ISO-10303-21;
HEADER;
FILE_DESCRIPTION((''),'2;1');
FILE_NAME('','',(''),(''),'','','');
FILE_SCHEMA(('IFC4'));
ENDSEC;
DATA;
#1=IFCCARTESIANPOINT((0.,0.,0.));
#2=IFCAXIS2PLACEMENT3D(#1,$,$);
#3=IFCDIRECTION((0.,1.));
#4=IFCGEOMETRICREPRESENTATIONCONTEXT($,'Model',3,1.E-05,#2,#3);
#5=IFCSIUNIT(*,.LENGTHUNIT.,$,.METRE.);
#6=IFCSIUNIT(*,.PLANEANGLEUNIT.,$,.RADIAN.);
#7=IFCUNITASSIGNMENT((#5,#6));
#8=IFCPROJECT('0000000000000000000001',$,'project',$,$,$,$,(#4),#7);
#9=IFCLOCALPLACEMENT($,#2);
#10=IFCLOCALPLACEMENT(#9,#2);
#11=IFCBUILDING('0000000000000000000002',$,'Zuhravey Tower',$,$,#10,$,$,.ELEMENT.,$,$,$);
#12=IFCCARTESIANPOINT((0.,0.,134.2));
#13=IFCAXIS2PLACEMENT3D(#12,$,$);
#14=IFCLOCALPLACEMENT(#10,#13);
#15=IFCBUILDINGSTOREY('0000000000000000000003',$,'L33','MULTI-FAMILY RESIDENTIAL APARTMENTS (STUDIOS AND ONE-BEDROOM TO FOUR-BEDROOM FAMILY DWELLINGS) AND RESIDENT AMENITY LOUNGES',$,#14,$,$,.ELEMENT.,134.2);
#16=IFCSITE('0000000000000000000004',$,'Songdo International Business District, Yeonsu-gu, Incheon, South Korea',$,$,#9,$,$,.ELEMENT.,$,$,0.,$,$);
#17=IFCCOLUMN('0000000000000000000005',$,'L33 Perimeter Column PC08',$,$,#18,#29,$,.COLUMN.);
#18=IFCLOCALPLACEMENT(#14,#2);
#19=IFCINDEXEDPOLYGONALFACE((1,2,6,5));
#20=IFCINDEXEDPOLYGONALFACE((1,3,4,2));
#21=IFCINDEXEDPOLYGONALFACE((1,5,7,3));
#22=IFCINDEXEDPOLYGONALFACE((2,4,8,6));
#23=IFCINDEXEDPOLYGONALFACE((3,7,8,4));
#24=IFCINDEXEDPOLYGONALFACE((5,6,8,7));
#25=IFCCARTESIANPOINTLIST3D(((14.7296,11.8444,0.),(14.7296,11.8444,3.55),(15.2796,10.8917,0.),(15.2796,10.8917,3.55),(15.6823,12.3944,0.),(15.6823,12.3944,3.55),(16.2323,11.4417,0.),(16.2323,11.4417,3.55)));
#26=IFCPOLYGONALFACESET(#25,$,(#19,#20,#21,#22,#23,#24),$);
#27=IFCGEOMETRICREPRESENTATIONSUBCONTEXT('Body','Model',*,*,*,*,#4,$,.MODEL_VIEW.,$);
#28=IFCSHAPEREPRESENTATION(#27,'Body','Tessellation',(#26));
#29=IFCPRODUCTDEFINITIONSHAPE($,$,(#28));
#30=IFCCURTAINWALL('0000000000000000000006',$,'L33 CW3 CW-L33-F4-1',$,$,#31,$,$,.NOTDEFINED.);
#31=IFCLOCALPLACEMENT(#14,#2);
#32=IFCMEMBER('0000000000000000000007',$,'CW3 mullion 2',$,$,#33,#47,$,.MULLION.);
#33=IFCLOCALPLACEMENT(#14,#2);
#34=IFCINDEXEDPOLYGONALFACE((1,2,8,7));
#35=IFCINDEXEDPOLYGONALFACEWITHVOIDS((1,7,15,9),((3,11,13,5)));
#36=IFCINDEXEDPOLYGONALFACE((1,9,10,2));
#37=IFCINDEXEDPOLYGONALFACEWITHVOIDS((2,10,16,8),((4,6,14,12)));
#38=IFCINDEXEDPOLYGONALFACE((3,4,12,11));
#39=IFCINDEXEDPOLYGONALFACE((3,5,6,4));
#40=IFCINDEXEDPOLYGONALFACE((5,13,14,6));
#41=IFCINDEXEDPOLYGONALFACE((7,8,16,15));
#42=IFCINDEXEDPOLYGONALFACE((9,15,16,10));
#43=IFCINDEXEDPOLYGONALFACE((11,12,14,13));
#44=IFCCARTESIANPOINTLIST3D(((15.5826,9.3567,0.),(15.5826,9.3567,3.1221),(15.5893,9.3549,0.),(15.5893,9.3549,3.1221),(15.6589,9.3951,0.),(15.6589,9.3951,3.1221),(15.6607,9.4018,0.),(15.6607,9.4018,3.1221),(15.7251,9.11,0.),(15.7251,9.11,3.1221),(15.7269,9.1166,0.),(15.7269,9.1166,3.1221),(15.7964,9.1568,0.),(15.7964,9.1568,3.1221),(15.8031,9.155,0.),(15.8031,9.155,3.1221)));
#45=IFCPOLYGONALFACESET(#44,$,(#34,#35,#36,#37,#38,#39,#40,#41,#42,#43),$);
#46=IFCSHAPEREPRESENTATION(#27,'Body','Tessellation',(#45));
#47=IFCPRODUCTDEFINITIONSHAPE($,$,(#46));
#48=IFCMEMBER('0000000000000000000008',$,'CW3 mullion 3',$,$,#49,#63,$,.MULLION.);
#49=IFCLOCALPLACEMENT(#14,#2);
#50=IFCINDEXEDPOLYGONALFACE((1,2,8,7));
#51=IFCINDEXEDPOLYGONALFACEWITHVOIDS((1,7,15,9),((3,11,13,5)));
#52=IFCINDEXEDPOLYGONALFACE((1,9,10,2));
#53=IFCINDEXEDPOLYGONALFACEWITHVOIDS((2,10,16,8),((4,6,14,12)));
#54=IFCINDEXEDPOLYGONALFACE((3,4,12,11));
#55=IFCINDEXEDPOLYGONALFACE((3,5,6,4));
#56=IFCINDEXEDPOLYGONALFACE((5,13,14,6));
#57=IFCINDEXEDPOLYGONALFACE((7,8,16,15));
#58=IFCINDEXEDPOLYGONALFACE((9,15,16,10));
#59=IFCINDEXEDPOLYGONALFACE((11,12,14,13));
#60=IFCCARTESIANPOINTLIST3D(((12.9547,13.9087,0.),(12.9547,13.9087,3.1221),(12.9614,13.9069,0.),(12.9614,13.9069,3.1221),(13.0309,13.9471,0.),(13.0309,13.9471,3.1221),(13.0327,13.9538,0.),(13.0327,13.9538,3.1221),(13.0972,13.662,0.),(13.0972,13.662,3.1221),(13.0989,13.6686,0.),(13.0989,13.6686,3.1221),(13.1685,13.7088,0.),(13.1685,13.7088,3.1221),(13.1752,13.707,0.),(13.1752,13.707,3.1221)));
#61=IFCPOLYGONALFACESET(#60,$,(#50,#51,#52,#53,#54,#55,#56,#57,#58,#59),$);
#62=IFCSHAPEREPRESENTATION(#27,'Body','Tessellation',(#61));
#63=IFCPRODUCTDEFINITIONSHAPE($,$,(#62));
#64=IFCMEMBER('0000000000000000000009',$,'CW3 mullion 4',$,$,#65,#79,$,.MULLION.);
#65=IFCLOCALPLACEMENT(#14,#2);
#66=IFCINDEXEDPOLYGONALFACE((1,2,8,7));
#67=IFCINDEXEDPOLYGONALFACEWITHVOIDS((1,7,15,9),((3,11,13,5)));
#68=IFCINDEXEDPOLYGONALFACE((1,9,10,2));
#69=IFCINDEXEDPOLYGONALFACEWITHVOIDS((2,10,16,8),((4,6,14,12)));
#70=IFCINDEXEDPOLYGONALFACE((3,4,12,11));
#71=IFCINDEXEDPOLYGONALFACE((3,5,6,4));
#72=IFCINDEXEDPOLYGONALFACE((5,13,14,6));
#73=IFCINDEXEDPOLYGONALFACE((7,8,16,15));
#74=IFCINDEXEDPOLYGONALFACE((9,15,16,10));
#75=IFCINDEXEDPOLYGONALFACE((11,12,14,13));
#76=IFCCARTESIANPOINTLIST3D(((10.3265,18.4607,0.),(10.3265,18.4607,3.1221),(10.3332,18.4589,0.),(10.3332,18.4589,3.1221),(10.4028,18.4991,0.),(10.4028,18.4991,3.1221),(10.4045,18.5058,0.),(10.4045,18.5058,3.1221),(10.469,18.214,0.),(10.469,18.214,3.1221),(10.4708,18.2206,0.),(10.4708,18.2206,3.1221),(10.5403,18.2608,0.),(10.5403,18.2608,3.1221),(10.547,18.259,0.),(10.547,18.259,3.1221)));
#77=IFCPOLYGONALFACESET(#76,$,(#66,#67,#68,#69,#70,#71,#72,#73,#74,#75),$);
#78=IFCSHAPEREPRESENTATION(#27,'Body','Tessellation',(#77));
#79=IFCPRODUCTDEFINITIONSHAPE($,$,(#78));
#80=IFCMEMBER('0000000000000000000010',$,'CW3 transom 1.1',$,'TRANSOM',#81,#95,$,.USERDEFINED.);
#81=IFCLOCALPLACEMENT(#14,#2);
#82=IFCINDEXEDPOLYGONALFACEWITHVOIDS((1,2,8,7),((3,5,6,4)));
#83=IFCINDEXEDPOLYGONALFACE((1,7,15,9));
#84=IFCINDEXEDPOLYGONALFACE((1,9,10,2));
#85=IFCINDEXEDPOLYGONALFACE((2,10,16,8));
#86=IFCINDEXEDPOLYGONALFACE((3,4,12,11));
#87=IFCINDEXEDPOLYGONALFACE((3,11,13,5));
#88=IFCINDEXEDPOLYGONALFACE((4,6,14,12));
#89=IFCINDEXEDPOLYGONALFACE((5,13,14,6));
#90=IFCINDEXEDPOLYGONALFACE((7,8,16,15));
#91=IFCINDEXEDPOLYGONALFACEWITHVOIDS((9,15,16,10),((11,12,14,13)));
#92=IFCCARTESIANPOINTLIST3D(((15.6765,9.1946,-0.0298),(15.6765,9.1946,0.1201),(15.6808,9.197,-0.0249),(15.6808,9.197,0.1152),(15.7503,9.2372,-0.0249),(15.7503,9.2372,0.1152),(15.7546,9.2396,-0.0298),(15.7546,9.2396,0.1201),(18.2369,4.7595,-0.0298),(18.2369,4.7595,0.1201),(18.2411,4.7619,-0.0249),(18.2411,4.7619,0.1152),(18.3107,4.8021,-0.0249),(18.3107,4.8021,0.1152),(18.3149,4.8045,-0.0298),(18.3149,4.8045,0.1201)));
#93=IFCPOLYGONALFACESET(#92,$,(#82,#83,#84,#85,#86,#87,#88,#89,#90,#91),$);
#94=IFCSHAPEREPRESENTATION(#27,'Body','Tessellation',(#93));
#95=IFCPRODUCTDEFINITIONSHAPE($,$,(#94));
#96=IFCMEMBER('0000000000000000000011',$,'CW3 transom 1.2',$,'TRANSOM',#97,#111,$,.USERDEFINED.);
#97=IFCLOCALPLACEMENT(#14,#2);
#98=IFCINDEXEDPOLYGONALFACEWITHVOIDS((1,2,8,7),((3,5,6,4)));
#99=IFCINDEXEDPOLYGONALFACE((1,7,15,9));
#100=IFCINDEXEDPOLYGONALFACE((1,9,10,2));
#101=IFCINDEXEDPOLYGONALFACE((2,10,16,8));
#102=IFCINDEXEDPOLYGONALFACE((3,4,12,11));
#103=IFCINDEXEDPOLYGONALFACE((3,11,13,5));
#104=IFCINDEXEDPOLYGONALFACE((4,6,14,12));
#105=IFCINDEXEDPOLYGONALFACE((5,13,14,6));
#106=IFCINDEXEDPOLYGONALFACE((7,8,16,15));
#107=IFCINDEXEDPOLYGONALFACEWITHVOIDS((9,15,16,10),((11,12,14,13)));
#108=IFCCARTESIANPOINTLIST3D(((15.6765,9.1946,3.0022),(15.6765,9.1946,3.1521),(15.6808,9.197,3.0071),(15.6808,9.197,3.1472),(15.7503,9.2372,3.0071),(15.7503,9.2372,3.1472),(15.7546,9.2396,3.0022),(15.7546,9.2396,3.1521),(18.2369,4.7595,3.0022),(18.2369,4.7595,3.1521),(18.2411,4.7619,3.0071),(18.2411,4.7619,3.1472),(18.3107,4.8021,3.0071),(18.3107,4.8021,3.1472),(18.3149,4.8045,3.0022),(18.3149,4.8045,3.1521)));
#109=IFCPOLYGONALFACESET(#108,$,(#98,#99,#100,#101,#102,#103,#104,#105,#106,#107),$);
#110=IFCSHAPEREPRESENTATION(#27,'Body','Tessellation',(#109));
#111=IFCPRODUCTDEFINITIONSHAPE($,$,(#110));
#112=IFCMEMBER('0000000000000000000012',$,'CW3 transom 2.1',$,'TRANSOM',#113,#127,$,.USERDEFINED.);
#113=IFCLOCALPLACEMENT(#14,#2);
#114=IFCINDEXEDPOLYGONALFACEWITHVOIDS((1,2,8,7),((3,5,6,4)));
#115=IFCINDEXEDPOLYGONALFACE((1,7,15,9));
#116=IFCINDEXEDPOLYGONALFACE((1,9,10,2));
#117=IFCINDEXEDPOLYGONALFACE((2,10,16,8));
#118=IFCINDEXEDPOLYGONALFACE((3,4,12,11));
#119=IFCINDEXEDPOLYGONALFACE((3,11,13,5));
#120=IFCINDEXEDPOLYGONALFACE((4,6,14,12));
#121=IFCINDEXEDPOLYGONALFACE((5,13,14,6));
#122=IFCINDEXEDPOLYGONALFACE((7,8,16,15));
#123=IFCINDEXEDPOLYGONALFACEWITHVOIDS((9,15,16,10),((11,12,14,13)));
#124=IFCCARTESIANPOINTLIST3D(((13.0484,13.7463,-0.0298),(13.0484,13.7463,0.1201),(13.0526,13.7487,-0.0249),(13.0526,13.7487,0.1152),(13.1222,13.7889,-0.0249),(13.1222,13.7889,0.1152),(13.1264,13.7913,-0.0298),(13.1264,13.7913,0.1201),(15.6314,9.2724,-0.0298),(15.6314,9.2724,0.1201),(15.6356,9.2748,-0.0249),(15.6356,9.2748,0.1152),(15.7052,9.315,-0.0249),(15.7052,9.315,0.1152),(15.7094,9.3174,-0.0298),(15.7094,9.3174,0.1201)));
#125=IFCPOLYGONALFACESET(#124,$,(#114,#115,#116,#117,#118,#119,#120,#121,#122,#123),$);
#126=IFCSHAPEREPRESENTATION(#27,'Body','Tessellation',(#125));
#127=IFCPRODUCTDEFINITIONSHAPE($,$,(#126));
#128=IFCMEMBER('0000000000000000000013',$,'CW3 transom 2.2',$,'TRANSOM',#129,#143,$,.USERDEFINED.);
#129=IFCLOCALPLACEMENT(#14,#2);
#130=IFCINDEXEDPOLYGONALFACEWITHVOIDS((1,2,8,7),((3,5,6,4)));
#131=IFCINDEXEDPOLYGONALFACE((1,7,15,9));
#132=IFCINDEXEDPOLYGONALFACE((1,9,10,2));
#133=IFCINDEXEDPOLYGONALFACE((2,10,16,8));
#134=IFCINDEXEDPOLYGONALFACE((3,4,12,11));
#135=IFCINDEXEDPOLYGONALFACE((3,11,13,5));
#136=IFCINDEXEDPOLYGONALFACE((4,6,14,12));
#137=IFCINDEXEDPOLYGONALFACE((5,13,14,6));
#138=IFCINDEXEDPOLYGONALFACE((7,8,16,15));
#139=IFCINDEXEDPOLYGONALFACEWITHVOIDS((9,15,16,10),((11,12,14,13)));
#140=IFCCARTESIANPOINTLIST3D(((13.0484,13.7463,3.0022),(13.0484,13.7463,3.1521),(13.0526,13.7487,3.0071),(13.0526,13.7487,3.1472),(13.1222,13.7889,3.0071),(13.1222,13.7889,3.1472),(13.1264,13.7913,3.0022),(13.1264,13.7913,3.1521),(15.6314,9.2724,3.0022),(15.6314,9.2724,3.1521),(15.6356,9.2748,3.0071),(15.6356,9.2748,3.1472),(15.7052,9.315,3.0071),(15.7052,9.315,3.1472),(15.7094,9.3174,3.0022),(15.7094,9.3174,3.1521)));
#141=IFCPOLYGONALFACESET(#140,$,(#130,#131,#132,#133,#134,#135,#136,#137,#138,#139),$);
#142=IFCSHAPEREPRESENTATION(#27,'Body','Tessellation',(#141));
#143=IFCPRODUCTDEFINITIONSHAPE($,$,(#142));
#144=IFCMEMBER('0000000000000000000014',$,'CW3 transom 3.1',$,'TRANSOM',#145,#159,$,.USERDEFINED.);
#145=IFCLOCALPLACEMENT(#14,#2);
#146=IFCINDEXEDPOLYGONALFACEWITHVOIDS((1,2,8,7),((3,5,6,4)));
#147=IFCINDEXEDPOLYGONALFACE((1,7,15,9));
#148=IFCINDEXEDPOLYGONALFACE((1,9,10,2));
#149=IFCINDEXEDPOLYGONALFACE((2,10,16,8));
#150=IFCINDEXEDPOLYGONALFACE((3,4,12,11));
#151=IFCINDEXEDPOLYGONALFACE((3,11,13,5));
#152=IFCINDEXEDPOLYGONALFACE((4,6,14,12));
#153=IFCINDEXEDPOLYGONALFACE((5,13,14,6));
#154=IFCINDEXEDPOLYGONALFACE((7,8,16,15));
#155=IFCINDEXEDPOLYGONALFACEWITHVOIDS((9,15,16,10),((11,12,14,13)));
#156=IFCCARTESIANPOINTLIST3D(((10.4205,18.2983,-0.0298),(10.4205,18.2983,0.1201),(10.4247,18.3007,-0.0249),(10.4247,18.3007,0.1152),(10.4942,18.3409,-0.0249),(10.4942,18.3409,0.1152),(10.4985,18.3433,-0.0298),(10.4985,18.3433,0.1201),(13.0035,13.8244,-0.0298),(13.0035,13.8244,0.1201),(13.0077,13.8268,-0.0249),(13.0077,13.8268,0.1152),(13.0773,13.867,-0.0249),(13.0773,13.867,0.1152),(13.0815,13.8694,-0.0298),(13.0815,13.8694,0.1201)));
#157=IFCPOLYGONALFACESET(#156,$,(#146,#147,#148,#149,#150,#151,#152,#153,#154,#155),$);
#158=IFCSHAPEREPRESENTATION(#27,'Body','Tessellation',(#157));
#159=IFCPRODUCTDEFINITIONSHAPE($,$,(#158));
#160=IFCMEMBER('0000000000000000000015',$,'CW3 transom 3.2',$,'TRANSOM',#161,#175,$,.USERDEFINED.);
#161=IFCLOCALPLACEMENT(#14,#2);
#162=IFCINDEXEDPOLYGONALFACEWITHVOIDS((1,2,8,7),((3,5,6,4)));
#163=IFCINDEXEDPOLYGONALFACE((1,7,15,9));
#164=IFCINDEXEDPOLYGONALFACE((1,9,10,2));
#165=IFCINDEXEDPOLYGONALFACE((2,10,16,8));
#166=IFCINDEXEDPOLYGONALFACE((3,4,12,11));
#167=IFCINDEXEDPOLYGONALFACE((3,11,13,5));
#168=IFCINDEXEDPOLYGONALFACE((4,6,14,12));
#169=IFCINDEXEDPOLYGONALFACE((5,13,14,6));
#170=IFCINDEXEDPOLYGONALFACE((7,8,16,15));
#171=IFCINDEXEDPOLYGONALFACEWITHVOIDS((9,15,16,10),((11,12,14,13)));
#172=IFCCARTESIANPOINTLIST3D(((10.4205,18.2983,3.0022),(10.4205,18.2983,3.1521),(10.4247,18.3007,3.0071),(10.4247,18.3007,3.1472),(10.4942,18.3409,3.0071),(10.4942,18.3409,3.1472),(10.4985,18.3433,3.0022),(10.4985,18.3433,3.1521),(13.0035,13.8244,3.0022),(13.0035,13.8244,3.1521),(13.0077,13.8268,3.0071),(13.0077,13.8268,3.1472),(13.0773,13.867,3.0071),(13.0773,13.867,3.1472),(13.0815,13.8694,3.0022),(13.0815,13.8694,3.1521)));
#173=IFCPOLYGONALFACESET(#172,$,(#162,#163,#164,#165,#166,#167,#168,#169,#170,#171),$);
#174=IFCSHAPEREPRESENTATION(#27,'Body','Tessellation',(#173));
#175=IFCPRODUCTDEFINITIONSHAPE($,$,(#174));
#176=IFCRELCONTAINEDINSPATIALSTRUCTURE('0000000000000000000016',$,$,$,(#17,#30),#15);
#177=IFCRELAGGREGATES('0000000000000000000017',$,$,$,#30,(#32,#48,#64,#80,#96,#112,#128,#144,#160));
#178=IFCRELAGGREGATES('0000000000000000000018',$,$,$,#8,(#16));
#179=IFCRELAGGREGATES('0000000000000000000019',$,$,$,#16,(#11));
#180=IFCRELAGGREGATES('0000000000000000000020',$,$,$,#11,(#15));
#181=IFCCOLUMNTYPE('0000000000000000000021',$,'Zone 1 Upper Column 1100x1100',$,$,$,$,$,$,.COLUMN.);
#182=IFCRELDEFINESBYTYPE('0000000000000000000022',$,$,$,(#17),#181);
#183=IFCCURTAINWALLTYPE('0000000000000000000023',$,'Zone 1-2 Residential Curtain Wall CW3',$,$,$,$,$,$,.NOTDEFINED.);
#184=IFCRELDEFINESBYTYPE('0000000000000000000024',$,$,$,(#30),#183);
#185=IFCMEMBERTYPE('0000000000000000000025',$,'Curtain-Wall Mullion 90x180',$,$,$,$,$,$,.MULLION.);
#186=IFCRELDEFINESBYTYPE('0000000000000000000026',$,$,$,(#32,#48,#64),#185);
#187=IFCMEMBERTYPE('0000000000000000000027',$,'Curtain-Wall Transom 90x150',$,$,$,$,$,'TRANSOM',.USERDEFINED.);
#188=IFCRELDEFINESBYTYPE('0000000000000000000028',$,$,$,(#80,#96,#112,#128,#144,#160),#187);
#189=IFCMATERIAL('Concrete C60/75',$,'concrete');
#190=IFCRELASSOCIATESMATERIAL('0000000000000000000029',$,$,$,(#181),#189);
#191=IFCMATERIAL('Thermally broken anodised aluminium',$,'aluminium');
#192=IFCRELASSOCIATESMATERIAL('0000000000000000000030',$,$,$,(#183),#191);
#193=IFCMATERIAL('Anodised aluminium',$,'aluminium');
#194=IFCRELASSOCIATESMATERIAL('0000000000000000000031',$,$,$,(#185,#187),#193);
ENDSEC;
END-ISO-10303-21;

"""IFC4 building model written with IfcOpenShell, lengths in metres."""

from ifc_helpers import new_model, si_unit, direction, frame, origin, origin_2d, place, context, subcontext, project, spatial, rectangle, hollow_rectangle, extrude, material, material_profile, profile_set, type_object, element, aggregate, save


model = new_model("IFC4")

# Units and contexts
model_context = context("Model", 3, precision=1e-05, world=origin(), true_north=direction((0.0, 1.0)))
body_context = subcontext(model_context, "Body", "Model", "MODEL_VIEW")
ifc_project = project(units=[si_unit("LENGTHUNIT", "METRE"), si_unit("PLANEANGLEUNIT", "RADIAN")], contexts=[model_context])

# Site, building, storey
site_placement = place(None, origin())
site = spatial("IfcSite", under=ifc_project, at=site_placement, Name="Songdo International Business District, Yeonsu-gu, Incheon, South Korea", CompositionType="ELEMENT", RefElevation=0.0)
building_placement = place(site_placement, origin())
building = spatial("IfcBuilding", under=site, at=building_placement, Name="Zuhravey Tower", CompositionType="ELEMENT")
storey_placement = place(building_placement, frame((0.0, 0.0, 134.2)))
storey = spatial("IfcBuildingStorey", under=building, at=storey_placement, Name="L33", Description="MULTI-FAMILY RESIDENTIAL APARTMENTS (STUDIOS AND ONE-BEDROOM TO FOUR-BEDROOM FAMILY DWELLINGS) AND RESIDENT AMENITY LOUNGES", CompositionType="ELEMENT", Elevation=134.2)

# Column
ifc_material_1 = material(Name="Concrete C60/75", Category="concrete")
ifc_material_profile_1 = material_profile(ifc_material_1, rectangle(XDim=1.1001, YDim=1.1001, at=origin_2d()), Name="RC-1100x1100")
ifc_profile_set_1 = profile_set([ifc_material_profile_1], Name="Concrete C60/75")
column_type = type_object("IfcColumnType", Name="Zone 1 Upper Column 1100x1100", PredefinedType="COLUMN", material=ifc_profile_set_1)
column_placement = place(storey_placement, frame((15.481, 11.6431, 0.0), z_axis=(0.0, 0.0, 1.0), x_axis=(0.5, -0.866025, 0.0)))
element("IfcColumn", 1, at=column_placement, inside=storey, type_object=column_type, Name="L33 Perimeter Column PC08", PredefinedType="COLUMN", context=body_context, shape_type="SweptSolid", body=[
    extrude(rectangle(XDim=1.1001, YDim=1.1001, at=origin_2d()), origin(), (0.0, 0.0, 1.0), 3.55),
])

# Curtain wall, members
ifc_material_2 = material(Name="Thermally broken anodised aluminium", Category="aluminium")
curtain_wall_type = type_object("IfcCurtainWallType", Name="Zone 1-2 Residential Curtain Wall CW3", PredefinedType="NOTDEFINED", material=ifc_material_2)
curtain_wall_placement = place(storey_placement, origin())
curtain_wall = element("IfcCurtainWall", 2, at=curtain_wall_placement, inside=storey, type_object=curtain_wall_type, Name="L33 CW3 CW-L33-F4-1", PredefinedType="NOTDEFINED")
ifc_material_3 = material(Name="Anodised aluminium", Category="aluminium")
ifc_material_profile_2 = material_profile(ifc_material_3, hollow_rectangle(XDim=0.0901, YDim=0.2849, WallThickness=0.0049, at=origin_2d()), Name="ALU-RHS-90x285x5")
ifc_profile_set_2 = profile_set([ifc_material_profile_2], Name="Anodised aluminium")
member_type_1 = type_object("IfcMemberType", Name="Curtain-Wall Mullion 90x180", PredefinedType="MULLION", material=ifc_profile_set_2)
member_1_placement = place(storey_placement, frame((15.6929, 9.2559, 0.0), z_axis=(0.0, 0.0, 1.0), x_axis=(-0.866026, -0.499998, 0.0)))
member_1 = element("IfcMember", 3, at=member_1_placement, type_object=member_type_1, Name="CW3 mullion 2", PredefinedType="MULLION", context=body_context, shape_type="SweptSolid", body=[
    extrude(hollow_rectangle(XDim=0.0901, YDim=0.2849, WallThickness=0.0049, at=origin_2d()), origin(), (0.0, 0.0, 1.0), 3.1221),
])
member_2_placement = place(storey_placement, frame((13.0649, 13.8079, 0.0), z_axis=(0.0, 0.0, 1.0), x_axis=(-0.866026, -0.499998, 0.0)))
member_2 = element("IfcMember", 4, at=member_2_placement, type_object=member_type_1, Name="CW3 mullion 3", PredefinedType="MULLION", context=body_context, shape_type="SweptSolid", body=[
    extrude(hollow_rectangle(XDim=0.0901, YDim=0.2849, WallThickness=0.0049, at=origin_2d()), origin(), (0.0, 0.0, 1.0), 3.1221),
])
member_3_placement = place(storey_placement, frame((10.4368, 18.3599, 0.0), z_axis=(0.0, 0.0, 1.0), x_axis=(-0.866026, -0.499998, 0.0)))
member_3 = element("IfcMember", 5, at=member_3_placement, type_object=member_type_1, Name="CW3 mullion 4", PredefinedType="MULLION", context=body_context, shape_type="SweptSolid", body=[
    extrude(hollow_rectangle(XDim=0.0901, YDim=0.2849, WallThickness=0.0049, at=origin_2d()), origin(), (0.0, 0.0, 1.0), 3.1221),
])
ifc_material_profile_3 = material_profile(ifc_material_3, hollow_rectangle(XDim=0.0901, YDim=0.1499, WallThickness=0.0049, at=origin_2d()), Name="ALU-RHS-90x150x5")
ifc_profile_set_3 = profile_set([ifc_material_profile_3], Name="Anodised aluminium")
member_type_2 = type_object("IfcMemberType", Name="Curtain-Wall Transom 90x150", ElementType="TRANSOM", PredefinedType="USERDEFINED", material=ifc_profile_set_3)
member_4_placement = place(storey_placement, frame((18.2759, 4.782, 0.0452), z_axis=(-0.499959, 0.866049, 0.0), x_axis=(-0.866049, -0.499959, 0.0)))
member_4 = element("IfcMember", 6, at=member_4_placement, type_object=member_type_2, Name="CW3 transom 1.1", ObjectType="TRANSOM", PredefinedType="USERDEFINED", context=body_context, shape_type="SweptSolid", body=[
    extrude(hollow_rectangle(XDim=0.0901, YDim=0.1499, WallThickness=0.0049, at=origin_2d()), origin(), (0.0, 0.0, 1.0), 5.1211),
])
member_5_placement = place(storey_placement, frame((18.2759, 4.782, 3.0771), z_axis=(-0.499959, 0.866049, 0.0), x_axis=(-0.866049, -0.499959, 0.0)))
member_5 = element("IfcMember", 7, at=member_5_placement, type_object=member_type_2, Name="CW3 transom 1.2", ObjectType="TRANSOM", PredefinedType="USERDEFINED", context=body_context, shape_type="SweptSolid", body=[
    extrude(hollow_rectangle(XDim=0.0901, YDim=0.1499, WallThickness=0.0049, at=origin_2d()), origin(), (0.0, 0.0, 1.0), 5.1211),
])
member_6_placement = place(storey_placement, frame((15.6704, 9.2949, 0.0452), z_axis=(-0.500002, 0.866024, 0.0), x_axis=(-0.866024, -0.500002, 0.0)))
member_6 = element("IfcMember", 8, at=member_6_placement, type_object=member_type_2, Name="CW3 transom 2.1", ObjectType="TRANSOM", PredefinedType="USERDEFINED", context=body_context, shape_type="SweptSolid", body=[
    extrude(hollow_rectangle(XDim=0.0901, YDim=0.1499, WallThickness=0.0049, at=origin_2d()), origin(), (0.0, 0.0, 1.0), 5.166),
])
member_7_placement = place(storey_placement, frame((15.6704, 9.2949, 3.0771), z_axis=(-0.500002, 0.866024, 0.0), x_axis=(-0.866024, -0.500002, 0.0)))
member_7 = element("IfcMember", 9, at=member_7_placement, type_object=member_type_2, Name="CW3 transom 2.2", ObjectType="TRANSOM", PredefinedType="USERDEFINED", context=body_context, shape_type="SweptSolid", body=[
    extrude(hollow_rectangle(XDim=0.0901, YDim=0.1499, WallThickness=0.0049, at=origin_2d()), origin(), (0.0, 0.0, 1.0), 5.166),
])
member_8_placement = place(storey_placement, frame((13.0425, 13.8469, 0.0452), z_axis=(-0.500002, 0.866024, 0.0), x_axis=(-0.866024, -0.500002, 0.0)))
member_8 = element("IfcMember", 10, at=member_8_placement, type_object=member_type_2, Name="CW3 transom 3.1", ObjectType="TRANSOM", PredefinedType="USERDEFINED", context=body_context, shape_type="SweptSolid", body=[
    extrude(hollow_rectangle(XDim=0.0901, YDim=0.1499, WallThickness=0.0049, at=origin_2d()), origin(), (0.0, 0.0, 1.0), 5.166),
])
member_9_placement = place(storey_placement, frame((13.0425, 13.8469, 3.0771), z_axis=(-0.500002, 0.866024, 0.0), x_axis=(-0.866024, -0.500002, 0.0)))
member_9 = element("IfcMember", 11, at=member_9_placement, type_object=member_type_2, Name="CW3 transom 3.2", ObjectType="TRANSOM", PredefinedType="USERDEFINED", context=body_context, shape_type="SweptSolid", body=[
    extrude(hollow_rectangle(XDim=0.0901, YDim=0.1499, WallThickness=0.0049, at=origin_2d()), origin(), (0.0, 0.0, 1.0), 5.166),
])

aggregate(curtain_wall, [member_1, member_2, member_3, member_4, member_5, member_6, member_7, member_8, member_9])

save(model, "model.ifc")
